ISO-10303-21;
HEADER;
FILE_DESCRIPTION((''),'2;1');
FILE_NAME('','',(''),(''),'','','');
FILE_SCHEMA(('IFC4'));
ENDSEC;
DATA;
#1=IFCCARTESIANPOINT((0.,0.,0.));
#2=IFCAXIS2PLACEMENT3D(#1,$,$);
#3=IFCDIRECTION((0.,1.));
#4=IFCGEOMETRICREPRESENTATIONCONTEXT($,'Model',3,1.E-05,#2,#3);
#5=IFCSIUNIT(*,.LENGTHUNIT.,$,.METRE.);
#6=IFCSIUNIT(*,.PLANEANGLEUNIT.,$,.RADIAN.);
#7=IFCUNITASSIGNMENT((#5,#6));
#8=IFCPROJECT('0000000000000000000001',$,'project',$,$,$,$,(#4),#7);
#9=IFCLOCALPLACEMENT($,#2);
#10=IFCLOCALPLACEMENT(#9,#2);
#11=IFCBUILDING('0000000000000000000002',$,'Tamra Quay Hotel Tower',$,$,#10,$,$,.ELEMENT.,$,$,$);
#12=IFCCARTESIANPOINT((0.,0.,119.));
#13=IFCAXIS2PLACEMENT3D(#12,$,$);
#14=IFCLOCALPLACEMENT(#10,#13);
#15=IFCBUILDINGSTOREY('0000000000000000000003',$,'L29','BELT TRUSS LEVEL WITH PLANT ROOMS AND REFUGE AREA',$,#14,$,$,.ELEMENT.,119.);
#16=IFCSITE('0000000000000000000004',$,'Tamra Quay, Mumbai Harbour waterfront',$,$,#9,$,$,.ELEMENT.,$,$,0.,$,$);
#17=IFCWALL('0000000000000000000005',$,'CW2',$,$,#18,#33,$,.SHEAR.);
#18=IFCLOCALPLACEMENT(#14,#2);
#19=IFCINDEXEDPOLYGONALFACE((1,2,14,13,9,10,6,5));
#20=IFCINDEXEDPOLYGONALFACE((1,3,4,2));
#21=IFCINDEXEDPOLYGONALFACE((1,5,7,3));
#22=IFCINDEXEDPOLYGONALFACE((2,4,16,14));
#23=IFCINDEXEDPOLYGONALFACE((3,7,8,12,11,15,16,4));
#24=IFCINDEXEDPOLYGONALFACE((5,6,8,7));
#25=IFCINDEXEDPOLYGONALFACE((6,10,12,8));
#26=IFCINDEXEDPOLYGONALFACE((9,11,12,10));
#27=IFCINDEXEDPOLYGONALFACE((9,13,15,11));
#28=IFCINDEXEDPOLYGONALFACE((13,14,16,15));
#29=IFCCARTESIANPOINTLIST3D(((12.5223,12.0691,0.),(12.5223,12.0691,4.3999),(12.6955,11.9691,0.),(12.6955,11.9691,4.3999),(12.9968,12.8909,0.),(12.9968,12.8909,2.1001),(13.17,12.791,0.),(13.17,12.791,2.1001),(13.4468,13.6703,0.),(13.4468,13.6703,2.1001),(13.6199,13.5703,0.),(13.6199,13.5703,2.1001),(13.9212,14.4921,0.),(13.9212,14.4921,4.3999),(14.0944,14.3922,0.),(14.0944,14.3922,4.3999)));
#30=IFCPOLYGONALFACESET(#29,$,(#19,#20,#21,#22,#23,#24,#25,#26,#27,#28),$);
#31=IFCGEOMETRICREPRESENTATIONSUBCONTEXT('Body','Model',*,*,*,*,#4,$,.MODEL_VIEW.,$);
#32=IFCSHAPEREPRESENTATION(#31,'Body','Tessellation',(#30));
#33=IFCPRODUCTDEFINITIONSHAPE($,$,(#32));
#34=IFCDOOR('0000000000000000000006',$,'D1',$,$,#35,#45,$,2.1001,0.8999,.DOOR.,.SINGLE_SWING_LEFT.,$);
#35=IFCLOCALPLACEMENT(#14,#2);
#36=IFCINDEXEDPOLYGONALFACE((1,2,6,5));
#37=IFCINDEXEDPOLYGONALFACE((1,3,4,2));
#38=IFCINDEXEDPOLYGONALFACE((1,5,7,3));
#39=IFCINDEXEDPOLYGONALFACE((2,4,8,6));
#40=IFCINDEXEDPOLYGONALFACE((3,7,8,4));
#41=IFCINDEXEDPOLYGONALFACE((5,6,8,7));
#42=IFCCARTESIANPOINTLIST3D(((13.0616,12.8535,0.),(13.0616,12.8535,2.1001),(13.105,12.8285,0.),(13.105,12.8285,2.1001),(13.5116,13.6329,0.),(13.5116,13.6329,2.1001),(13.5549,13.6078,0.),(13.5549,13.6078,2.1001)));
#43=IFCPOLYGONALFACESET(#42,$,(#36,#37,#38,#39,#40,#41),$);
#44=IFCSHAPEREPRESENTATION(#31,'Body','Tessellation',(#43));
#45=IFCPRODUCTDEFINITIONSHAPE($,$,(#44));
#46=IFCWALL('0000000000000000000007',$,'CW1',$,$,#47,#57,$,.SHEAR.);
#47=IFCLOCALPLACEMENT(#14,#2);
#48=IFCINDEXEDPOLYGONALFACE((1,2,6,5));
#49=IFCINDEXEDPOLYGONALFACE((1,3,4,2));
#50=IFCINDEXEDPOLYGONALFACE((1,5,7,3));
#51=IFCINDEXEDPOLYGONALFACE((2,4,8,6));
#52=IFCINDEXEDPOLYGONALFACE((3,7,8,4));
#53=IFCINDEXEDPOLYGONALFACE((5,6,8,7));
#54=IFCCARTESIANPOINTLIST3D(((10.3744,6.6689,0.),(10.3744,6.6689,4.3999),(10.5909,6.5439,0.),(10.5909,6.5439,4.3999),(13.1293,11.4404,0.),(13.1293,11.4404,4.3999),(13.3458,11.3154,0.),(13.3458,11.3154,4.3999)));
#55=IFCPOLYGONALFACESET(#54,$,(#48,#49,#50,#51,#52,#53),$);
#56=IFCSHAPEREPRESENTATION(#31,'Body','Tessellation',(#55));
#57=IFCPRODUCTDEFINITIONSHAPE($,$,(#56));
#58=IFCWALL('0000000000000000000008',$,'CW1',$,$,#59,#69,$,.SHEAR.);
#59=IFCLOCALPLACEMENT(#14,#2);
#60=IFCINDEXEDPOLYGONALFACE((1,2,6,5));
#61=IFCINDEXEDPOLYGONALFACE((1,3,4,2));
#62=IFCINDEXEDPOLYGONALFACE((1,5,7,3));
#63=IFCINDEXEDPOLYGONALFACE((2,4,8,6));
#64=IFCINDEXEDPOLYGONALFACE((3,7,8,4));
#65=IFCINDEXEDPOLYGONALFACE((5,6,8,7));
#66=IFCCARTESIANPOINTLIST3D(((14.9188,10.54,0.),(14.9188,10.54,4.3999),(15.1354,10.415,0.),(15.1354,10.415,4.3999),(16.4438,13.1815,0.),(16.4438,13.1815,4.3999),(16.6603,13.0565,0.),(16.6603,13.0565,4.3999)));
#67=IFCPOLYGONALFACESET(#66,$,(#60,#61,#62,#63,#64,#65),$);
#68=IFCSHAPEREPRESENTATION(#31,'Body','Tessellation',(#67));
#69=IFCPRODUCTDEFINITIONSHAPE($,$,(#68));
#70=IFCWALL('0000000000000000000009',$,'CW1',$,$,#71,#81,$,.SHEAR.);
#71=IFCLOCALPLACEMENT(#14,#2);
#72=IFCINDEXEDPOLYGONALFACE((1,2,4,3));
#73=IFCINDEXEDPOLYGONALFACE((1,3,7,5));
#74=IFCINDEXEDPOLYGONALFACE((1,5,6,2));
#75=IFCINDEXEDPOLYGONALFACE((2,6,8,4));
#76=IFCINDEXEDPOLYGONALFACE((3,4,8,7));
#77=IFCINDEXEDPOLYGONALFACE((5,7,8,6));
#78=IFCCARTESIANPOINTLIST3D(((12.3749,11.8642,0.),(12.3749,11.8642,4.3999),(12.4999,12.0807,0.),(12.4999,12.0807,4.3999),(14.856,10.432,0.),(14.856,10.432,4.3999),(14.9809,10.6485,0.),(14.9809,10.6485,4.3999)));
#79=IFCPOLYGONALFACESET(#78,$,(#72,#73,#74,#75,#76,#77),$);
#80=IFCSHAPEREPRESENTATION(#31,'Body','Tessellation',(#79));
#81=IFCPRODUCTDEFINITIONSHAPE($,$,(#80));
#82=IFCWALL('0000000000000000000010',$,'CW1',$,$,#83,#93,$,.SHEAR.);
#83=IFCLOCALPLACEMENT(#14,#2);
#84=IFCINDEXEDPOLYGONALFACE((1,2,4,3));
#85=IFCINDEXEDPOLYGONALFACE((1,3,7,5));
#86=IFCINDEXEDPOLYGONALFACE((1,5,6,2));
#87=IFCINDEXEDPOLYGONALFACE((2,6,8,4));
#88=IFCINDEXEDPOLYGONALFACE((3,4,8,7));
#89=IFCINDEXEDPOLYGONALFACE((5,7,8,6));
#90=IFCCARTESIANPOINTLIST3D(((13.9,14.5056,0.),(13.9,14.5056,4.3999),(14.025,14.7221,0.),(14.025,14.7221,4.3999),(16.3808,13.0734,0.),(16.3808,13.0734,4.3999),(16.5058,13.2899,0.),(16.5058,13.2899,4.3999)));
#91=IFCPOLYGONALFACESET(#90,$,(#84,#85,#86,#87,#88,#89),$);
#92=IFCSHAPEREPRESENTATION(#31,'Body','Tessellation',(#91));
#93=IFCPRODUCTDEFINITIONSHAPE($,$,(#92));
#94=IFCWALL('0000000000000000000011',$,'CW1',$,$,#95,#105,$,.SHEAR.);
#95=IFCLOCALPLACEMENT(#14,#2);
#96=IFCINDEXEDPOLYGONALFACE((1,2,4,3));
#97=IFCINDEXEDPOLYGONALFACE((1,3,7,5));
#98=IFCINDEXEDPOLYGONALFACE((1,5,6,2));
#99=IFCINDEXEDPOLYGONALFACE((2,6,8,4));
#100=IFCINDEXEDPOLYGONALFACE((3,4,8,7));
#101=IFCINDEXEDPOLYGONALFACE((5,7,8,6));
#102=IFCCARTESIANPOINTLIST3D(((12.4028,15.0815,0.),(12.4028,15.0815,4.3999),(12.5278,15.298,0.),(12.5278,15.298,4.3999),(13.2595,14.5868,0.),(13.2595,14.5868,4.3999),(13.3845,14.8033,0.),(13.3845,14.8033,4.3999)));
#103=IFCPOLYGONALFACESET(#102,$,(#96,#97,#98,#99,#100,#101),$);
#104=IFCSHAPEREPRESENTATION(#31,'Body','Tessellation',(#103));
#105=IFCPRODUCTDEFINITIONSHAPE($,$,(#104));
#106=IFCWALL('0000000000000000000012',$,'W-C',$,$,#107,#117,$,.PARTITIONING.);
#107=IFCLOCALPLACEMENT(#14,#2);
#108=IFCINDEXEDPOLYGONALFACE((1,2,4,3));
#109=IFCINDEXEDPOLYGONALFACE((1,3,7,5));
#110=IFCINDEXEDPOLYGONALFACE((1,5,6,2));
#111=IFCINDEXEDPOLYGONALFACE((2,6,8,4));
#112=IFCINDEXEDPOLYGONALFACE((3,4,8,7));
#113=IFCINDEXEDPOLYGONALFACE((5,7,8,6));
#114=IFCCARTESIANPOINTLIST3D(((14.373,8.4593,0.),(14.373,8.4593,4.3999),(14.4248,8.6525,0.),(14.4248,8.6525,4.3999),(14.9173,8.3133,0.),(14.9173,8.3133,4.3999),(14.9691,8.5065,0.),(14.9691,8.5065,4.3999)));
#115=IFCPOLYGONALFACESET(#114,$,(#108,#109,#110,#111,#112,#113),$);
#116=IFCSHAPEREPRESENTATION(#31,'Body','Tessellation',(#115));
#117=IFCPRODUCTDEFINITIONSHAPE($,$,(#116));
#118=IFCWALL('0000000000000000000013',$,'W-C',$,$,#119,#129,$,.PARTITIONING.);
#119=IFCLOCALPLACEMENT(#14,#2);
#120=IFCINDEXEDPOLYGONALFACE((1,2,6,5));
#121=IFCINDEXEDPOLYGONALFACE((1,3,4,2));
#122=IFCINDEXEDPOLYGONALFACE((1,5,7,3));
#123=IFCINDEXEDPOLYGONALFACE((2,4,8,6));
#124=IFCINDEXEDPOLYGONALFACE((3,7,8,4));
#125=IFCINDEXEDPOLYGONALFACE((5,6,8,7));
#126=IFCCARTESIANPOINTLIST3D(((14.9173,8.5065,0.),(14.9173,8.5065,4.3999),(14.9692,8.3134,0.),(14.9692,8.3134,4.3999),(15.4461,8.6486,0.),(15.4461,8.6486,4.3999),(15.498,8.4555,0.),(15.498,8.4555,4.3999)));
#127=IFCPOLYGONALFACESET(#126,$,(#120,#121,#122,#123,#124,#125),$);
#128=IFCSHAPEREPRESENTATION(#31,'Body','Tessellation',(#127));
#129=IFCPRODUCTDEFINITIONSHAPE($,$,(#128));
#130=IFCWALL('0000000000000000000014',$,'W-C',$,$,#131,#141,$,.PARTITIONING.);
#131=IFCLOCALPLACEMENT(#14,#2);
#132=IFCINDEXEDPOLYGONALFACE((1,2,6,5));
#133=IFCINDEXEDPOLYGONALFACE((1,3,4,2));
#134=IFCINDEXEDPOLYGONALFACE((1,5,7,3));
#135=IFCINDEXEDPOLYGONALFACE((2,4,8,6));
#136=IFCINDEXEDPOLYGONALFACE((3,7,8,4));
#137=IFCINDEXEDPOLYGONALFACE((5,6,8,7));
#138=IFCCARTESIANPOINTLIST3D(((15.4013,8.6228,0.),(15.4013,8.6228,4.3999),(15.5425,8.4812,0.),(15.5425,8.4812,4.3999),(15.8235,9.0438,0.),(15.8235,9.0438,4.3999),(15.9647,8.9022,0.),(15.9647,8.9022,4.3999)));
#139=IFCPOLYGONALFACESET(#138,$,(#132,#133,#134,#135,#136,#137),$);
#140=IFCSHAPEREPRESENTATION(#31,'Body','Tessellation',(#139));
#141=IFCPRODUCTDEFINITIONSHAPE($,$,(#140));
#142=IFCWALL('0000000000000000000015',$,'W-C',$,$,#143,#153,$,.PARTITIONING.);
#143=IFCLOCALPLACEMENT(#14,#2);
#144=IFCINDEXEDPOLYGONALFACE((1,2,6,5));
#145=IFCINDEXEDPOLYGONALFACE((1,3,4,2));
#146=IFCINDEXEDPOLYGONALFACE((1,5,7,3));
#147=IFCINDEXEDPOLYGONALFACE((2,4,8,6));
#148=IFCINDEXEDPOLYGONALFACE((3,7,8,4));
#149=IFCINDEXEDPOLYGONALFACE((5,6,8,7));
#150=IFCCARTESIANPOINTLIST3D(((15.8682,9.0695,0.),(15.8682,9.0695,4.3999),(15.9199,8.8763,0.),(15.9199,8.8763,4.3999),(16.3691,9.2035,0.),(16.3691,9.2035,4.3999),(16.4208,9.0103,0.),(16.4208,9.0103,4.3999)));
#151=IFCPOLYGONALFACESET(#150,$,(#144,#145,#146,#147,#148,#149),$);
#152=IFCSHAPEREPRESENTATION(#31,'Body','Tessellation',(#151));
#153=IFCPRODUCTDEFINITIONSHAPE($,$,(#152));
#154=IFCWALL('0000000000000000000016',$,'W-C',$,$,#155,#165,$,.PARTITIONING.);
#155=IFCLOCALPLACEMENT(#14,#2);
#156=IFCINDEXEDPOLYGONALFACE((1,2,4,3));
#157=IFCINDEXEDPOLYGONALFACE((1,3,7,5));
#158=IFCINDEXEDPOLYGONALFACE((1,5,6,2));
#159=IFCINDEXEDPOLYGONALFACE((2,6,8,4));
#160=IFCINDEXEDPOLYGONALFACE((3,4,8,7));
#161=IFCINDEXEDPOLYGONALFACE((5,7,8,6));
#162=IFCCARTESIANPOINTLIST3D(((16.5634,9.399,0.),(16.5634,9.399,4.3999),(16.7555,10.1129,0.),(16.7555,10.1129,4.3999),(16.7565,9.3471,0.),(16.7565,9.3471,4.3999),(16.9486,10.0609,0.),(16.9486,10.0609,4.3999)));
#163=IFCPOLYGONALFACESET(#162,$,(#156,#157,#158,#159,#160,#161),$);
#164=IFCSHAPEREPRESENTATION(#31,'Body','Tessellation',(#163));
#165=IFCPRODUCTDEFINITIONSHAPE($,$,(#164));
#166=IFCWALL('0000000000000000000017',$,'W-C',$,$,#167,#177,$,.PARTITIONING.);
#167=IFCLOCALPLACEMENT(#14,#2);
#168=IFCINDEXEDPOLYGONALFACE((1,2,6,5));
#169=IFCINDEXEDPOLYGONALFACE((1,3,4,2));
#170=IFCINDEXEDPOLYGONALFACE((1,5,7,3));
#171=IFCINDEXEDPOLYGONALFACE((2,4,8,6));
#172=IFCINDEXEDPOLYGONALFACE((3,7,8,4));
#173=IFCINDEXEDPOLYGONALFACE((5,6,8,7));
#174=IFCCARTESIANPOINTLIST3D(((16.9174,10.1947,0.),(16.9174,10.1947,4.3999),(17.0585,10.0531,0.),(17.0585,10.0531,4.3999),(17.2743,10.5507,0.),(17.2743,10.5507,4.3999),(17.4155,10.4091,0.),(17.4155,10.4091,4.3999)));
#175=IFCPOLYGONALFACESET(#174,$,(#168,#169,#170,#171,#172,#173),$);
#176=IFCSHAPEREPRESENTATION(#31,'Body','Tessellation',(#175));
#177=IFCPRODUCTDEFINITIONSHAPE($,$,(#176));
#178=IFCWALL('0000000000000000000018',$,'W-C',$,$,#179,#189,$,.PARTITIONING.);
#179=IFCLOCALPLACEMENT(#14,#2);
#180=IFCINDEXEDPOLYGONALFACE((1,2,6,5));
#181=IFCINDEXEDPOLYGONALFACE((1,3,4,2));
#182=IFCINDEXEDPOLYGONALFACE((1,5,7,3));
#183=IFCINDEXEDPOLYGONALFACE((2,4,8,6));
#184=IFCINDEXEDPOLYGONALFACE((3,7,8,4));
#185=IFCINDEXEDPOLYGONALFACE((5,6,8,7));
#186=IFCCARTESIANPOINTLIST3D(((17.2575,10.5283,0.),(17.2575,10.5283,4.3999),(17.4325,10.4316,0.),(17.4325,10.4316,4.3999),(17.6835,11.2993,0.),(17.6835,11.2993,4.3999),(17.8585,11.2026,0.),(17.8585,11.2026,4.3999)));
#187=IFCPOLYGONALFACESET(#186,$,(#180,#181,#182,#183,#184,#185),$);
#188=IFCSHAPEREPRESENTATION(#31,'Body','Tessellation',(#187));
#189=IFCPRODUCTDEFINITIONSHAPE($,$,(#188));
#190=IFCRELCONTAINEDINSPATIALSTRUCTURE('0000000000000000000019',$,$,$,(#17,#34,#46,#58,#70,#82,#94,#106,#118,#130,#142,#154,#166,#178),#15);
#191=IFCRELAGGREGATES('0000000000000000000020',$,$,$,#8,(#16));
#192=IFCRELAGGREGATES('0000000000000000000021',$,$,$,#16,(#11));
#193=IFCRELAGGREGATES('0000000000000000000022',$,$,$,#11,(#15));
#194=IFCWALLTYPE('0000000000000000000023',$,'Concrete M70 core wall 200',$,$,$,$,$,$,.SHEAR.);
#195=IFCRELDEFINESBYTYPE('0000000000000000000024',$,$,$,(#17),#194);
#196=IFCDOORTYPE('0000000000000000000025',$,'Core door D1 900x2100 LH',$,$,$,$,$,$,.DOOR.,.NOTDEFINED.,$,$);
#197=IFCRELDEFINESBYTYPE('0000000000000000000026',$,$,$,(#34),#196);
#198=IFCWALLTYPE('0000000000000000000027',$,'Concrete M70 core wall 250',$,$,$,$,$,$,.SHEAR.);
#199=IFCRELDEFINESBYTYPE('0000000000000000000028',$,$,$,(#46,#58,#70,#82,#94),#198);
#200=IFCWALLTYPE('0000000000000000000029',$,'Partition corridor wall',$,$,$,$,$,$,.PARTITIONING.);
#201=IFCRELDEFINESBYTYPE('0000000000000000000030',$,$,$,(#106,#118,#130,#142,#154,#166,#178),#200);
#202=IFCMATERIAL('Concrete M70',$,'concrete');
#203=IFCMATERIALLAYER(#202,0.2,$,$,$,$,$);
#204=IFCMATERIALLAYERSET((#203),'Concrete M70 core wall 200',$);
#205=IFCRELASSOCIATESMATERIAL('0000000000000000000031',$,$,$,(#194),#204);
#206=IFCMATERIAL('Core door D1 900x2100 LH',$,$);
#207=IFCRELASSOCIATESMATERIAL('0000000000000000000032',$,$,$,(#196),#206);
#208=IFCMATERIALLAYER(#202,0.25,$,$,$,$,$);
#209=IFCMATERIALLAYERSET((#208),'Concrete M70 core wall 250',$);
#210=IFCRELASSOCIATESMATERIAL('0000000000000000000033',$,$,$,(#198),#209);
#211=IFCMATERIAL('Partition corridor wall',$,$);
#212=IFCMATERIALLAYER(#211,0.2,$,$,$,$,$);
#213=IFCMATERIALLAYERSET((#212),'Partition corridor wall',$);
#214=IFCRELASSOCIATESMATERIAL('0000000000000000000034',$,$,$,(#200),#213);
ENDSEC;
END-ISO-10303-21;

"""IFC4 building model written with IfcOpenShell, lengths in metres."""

from ifc_helpers import new_model, si_unit, direction, frame, frame_2d, origin, place, context, subcontext, project, spatial, rectangle, extrude, material, layer, layer_set, type_object, element, fill, save


model = new_model("IFC4")

# Units and contexts
model_context = context("Model", 3, precision=1e-05, world=origin(), true_north=direction((0.0, 1.0)))
body_context = subcontext(model_context, "Body", "Model", "MODEL_VIEW")
ifc_project = project(units=[si_unit("LENGTHUNIT", "METRE"), si_unit("PLANEANGLEUNIT", "RADIAN")], contexts=[model_context])

# Site, building, storey
site_placement = place(None, origin())
site = spatial("IfcSite", under=ifc_project, at=site_placement, Name="Tamra Quay, Mumbai Harbour waterfront", CompositionType="ELEMENT", RefElevation=0.0)
building_placement = place(site_placement, origin())
building = spatial("IfcBuilding", under=site, at=building_placement, Name="Tamra Quay Hotel Tower", CompositionType="ELEMENT")
storey_placement = place(building_placement, frame((0.0, 0.0, 119.0)))
storey = spatial("IfcBuildingStorey", under=building, at=storey_placement, Name="L29", Description="BELT TRUSS LEVEL WITH PLANT ROOMS AND REFUGE AREA", CompositionType="ELEMENT", Elevation=119.0)

# Wall, opening, door
ifc_material_1 = material(Name="Concrete M70", Category="concrete")
ifc_layer_1 = layer(ifc_material_1, 0.2)
ifc_layer_set_1 = layer_set([ifc_layer_1], Name="Concrete M70 core wall 200")
wall_type_1 = type_object("IfcWallType", Name="Concrete M70 core wall 200", PredefinedType="SHEAR", material=ifc_layer_set_1)
wall_1_placement = place(storey_placement, frame((14.0078, 14.4421, 0.0), z_axis=(0.0, 0.0, 1.0), x_axis=(-0.499987, -0.866033, 0.0)))
wall_1 = element("IfcWall", 1, at=wall_1_placement, inside=storey, type_object=wall_type_1, Name="CW2", PredefinedType="SHEAR", context=body_context, shape_type="SweptSolid", body=[
    extrude(rectangle(XDim=2.7979, YDim=0.2, at=frame_2d((1.3989, 0.0))), origin(), (0.0, 0.0, 1.0), 4.3999),
])
opening_placement = place(wall_1_placement, frame((0.949, 0.0, 0.0)))
opening = element("IfcOpeningElement", 2, at=opening_placement, cuts=wall_1, PredefinedType="OPENING", context=body_context, shape_type="SweptSolid", body=[
    extrude(rectangle(XDim=0.8999, YDim=2.1001, at=frame_2d((0.45, 1.05))), frame((0.0, 0.1099, 0.0), z_axis=(0.0, -1.0, 0.0), x_axis=(1.0, 0.0, 0.0)), (0.0, 0.0, 1.0), 0.22),
])
ifc_material_2 = material(Name="Core door D1 900x2100 LH")
door_type = type_object("IfcDoorType", Name="Core door D1 900x2100 LH", OperationType="NOTDEFINED", PredefinedType="DOOR", material=ifc_material_2)
door_placement = place(opening_placement, origin())
door = element("IfcDoor", 3, at=door_placement, inside=storey, type_object=door_type, Name="D1", OperationType="SINGLE_SWING_LEFT", OverallHeight=2.1001, OverallWidth=0.8999, PredefinedType="DOOR", context=body_context, shape_type="SweptSolid", body=[
    extrude(rectangle(XDim=0.8999, YDim=2.1001, at=frame_2d((0.45, 1.05))), frame((0.0, 0.0249, 0.0), z_axis=(0.0, -1.0, 0.0), x_axis=(1.0, 0.0, 0.0)), (0.0, 0.0, 1.0), 0.05),
])
fill(opening, door)

# Walls
ifc_layer_2 = layer(ifc_material_1, 0.25)
ifc_layer_set_2 = layer_set([ifc_layer_2], Name="Concrete M70 core wall 250")
wall_type_2 = type_object("IfcWallType", Name="Concrete M70 core wall 250", PredefinedType="SHEAR", material=ifc_layer_set_2)
wall_2_placement = place(storey_placement, frame((13.2375, 11.3779, 0.0), z_axis=(0.0, 0.0, 1.0), x_axis=(-0.500009, -0.86602, 0.0)))
element("IfcWall", 4, at=wall_2_placement, inside=storey, type_object=wall_type_2, Name="CW1", PredefinedType="SHEAR", context=body_context, shape_type="SweptSolid", body=[
    extrude(rectangle(XDim=5.5098, YDim=0.25, at=frame_2d((2.7549, 0.0))), origin(), (0.0, 0.0, 1.0), 4.3999),
])
wall_3_placement = place(storey_placement, frame((16.552, 13.1189, 0.0), z_axis=(0.0, 0.0, 1.0), x_axis=(-0.499979, -0.866038, 0.0)))
element("IfcWall", 5, at=wall_3_placement, inside=storey, type_object=wall_type_2, Name="CW1", PredefinedType="SHEAR", context=body_context, shape_type="SweptSolid", body=[
    extrude(rectangle(XDim=3.05, YDim=0.25, at=frame_2d((1.5249, 0.0))), origin(), (0.0, 0.0, 1.0), 4.3999),
])
wall_4_placement = place(storey_placement, frame((14.9185, 10.5403, 0.0), z_axis=(0.0, 0.0, 1.0), x_axis=(-0.866064, 0.499934, 0.0)))
element("IfcWall", 6, at=wall_4_placement, inside=storey, type_object=wall_type_2, Name="CW1", PredefinedType="SHEAR", context=body_context, shape_type="SweptSolid", body=[
    extrude(rectangle(XDim=2.8647, YDim=0.25, at=frame_2d((1.4324, 0.0))), origin(), (0.0, 0.0, 1.0), 4.3999),
])
wall_5_placement = place(storey_placement, frame((13.9626, 14.6138, 0.0), z_axis=(0.0, 0.0, 1.0), x_axis=(0.866042, -0.499971, 0.0)))
element("IfcWall", 7, at=wall_5_placement, inside=storey, type_object=wall_type_2, Name="CW1", PredefinedType="SHEAR", context=body_context, shape_type="SweptSolid", body=[
    extrude(rectangle(XDim=2.8645, YDim=0.25, at=frame_2d((1.4321, 0.0))), origin(), (0.0, 0.0, 1.0), 4.3999),
])
wall_6_placement = place(storey_placement, frame((13.322, 14.6951, 0.0), z_axis=(0.0, 0.0, 1.0), x_axis=(-0.866017, 0.500014, 0.0)))
element("IfcWall", 8, at=wall_6_placement, inside=storey, type_object=wall_type_2, Name="CW1", PredefinedType="SHEAR", context=body_context, shape_type="SweptSolid", body=[
    extrude(rectangle(XDim=0.9893, YDim=0.25, at=frame_2d((0.4946, 0.0))), origin(), (0.0, 0.0, 1.0), 4.3999),
])
ifc_material_3 = material(Name="Partition corridor wall")
ifc_layer_3 = layer(ifc_material_3, 0.2)
ifc_layer_set_3 = layer_set([ifc_layer_3], Name="Partition corridor wall")
wall_type_3 = type_object("IfcWallType", Name="Partition corridor wall", PredefinedType="PARTITIONING", material=ifc_layer_set_3)
wall_7_placement = place(storey_placement, frame((14.3989, 8.5559, 0.0), z_axis=(0.0, 0.0, 1.0), x_axis=(0.965845, -0.259119, 0.0)))
element("IfcWall", 9, at=wall_7_placement, inside=storey, type_object=wall_type_3, Name="W-C", PredefinedType="PARTITIONING", context=body_context, shape_type="SweptSolid", body=[
    extrude(rectangle(XDim=0.5635, YDim=0.2, at=frame_2d((0.2817, 0.0))), origin(), (0.0, 0.0, 1.0), 4.3999),
])
wall_8_placement = place(storey_placement, frame((14.9431, 8.4099, 0.0), z_axis=(0.0, 0.0, 1.0), x_axis=(0.965745, 0.259494, 0.0)))
element("IfcWall", 10, at=wall_8_placement, inside=storey, type_object=wall_type_3, Name="W-C", PredefinedType="PARTITIONING", context=body_context, shape_type="SweptSolid", body=[
    extrude(rectangle(XDim=0.5476, YDim=0.2, at=frame_2d((0.2739, 0.0))), origin(), (0.0, 0.0, 1.0), 4.3999),
])
wall_9_placement = place(storey_placement, frame((15.4719, 8.552, 0.0), z_axis=(0.0, 0.0, 1.0), x_axis=(0.70813, 0.706082, 0.0)))
element("IfcWall", 11, at=wall_9_placement, inside=storey, type_object=wall_type_3, Name="W-C", PredefinedType="PARTITIONING", context=body_context, shape_type="SweptSolid", body=[
    extrude(rectangle(XDim=0.5962, YDim=0.2, at=frame_2d((0.2981, 0.0))), origin(), (0.0, 0.0, 1.0), 4.3999),
])
wall_10_placement = place(storey_placement, frame((15.894, 8.9729, 0.0), z_axis=(0.0, 0.0, 1.0), x_axis=(0.966024, 0.258454, 0.0)))
element("IfcWall", 12, at=wall_10_placement, inside=storey, type_object=wall_type_3, Name="W-C", PredefinedType="PARTITIONING", context=body_context, shape_type="SweptSolid", body=[
    extrude(rectangle(XDim=0.5186, YDim=0.2, at=frame_2d((0.2593, 0.0))), origin(), (0.0, 0.0, 1.0), 4.3999),
])
wall_11_placement = place(storey_placement, frame((16.6599, 9.373, 0.0), z_axis=(0.0, 0.0, 1.0), x_axis=(0.259902, 0.965635, 0.0)))
element("IfcWall", 13, at=wall_11_placement, inside=storey, type_object=wall_type_3, Name="W-C", PredefinedType="PARTITIONING", context=body_context, shape_type="SweptSolid", body=[
    extrude(rectangle(XDim=0.7393, YDim=0.2, at=frame_2d((0.3696, 0.0))), origin(), (0.0, 0.0, 1.0), 4.3999),
])
wall_12_placement = place(storey_placement, frame((16.988, 10.124, 0.0), z_axis=(0.0, 0.0, 1.0), x_axis=(0.708075, 0.706137, 0.0)))
element("IfcWall", 14, at=wall_12_placement, inside=storey, type_object=wall_type_3, Name="W-C", PredefinedType="PARTITIONING", context=body_context, shape_type="SweptSolid", body=[
    extrude(rectangle(XDim=0.5042, YDim=0.2, at=frame_2d((0.252, 0.0))), origin(), (0.0, 0.0, 1.0), 4.3999),
])
wall_13_placement = place(storey_placement, frame((17.345, 10.48, 0.0), z_axis=(0.0, 0.0, 1.0), x_axis=(0.483641, 0.875266, 0.0)))
element("IfcWall", 15, at=wall_13_placement, inside=storey, type_object=wall_type_3, Name="W-C", PredefinedType="PARTITIONING", context=body_context, shape_type="SweptSolid", body=[
    extrude(rectangle(XDim=0.8809, YDim=0.2, at=frame_2d((0.4404, 0.0))), origin(), (0.0, 0.0, 1.0), 4.3999),
])

save(model, "model.ifc")
